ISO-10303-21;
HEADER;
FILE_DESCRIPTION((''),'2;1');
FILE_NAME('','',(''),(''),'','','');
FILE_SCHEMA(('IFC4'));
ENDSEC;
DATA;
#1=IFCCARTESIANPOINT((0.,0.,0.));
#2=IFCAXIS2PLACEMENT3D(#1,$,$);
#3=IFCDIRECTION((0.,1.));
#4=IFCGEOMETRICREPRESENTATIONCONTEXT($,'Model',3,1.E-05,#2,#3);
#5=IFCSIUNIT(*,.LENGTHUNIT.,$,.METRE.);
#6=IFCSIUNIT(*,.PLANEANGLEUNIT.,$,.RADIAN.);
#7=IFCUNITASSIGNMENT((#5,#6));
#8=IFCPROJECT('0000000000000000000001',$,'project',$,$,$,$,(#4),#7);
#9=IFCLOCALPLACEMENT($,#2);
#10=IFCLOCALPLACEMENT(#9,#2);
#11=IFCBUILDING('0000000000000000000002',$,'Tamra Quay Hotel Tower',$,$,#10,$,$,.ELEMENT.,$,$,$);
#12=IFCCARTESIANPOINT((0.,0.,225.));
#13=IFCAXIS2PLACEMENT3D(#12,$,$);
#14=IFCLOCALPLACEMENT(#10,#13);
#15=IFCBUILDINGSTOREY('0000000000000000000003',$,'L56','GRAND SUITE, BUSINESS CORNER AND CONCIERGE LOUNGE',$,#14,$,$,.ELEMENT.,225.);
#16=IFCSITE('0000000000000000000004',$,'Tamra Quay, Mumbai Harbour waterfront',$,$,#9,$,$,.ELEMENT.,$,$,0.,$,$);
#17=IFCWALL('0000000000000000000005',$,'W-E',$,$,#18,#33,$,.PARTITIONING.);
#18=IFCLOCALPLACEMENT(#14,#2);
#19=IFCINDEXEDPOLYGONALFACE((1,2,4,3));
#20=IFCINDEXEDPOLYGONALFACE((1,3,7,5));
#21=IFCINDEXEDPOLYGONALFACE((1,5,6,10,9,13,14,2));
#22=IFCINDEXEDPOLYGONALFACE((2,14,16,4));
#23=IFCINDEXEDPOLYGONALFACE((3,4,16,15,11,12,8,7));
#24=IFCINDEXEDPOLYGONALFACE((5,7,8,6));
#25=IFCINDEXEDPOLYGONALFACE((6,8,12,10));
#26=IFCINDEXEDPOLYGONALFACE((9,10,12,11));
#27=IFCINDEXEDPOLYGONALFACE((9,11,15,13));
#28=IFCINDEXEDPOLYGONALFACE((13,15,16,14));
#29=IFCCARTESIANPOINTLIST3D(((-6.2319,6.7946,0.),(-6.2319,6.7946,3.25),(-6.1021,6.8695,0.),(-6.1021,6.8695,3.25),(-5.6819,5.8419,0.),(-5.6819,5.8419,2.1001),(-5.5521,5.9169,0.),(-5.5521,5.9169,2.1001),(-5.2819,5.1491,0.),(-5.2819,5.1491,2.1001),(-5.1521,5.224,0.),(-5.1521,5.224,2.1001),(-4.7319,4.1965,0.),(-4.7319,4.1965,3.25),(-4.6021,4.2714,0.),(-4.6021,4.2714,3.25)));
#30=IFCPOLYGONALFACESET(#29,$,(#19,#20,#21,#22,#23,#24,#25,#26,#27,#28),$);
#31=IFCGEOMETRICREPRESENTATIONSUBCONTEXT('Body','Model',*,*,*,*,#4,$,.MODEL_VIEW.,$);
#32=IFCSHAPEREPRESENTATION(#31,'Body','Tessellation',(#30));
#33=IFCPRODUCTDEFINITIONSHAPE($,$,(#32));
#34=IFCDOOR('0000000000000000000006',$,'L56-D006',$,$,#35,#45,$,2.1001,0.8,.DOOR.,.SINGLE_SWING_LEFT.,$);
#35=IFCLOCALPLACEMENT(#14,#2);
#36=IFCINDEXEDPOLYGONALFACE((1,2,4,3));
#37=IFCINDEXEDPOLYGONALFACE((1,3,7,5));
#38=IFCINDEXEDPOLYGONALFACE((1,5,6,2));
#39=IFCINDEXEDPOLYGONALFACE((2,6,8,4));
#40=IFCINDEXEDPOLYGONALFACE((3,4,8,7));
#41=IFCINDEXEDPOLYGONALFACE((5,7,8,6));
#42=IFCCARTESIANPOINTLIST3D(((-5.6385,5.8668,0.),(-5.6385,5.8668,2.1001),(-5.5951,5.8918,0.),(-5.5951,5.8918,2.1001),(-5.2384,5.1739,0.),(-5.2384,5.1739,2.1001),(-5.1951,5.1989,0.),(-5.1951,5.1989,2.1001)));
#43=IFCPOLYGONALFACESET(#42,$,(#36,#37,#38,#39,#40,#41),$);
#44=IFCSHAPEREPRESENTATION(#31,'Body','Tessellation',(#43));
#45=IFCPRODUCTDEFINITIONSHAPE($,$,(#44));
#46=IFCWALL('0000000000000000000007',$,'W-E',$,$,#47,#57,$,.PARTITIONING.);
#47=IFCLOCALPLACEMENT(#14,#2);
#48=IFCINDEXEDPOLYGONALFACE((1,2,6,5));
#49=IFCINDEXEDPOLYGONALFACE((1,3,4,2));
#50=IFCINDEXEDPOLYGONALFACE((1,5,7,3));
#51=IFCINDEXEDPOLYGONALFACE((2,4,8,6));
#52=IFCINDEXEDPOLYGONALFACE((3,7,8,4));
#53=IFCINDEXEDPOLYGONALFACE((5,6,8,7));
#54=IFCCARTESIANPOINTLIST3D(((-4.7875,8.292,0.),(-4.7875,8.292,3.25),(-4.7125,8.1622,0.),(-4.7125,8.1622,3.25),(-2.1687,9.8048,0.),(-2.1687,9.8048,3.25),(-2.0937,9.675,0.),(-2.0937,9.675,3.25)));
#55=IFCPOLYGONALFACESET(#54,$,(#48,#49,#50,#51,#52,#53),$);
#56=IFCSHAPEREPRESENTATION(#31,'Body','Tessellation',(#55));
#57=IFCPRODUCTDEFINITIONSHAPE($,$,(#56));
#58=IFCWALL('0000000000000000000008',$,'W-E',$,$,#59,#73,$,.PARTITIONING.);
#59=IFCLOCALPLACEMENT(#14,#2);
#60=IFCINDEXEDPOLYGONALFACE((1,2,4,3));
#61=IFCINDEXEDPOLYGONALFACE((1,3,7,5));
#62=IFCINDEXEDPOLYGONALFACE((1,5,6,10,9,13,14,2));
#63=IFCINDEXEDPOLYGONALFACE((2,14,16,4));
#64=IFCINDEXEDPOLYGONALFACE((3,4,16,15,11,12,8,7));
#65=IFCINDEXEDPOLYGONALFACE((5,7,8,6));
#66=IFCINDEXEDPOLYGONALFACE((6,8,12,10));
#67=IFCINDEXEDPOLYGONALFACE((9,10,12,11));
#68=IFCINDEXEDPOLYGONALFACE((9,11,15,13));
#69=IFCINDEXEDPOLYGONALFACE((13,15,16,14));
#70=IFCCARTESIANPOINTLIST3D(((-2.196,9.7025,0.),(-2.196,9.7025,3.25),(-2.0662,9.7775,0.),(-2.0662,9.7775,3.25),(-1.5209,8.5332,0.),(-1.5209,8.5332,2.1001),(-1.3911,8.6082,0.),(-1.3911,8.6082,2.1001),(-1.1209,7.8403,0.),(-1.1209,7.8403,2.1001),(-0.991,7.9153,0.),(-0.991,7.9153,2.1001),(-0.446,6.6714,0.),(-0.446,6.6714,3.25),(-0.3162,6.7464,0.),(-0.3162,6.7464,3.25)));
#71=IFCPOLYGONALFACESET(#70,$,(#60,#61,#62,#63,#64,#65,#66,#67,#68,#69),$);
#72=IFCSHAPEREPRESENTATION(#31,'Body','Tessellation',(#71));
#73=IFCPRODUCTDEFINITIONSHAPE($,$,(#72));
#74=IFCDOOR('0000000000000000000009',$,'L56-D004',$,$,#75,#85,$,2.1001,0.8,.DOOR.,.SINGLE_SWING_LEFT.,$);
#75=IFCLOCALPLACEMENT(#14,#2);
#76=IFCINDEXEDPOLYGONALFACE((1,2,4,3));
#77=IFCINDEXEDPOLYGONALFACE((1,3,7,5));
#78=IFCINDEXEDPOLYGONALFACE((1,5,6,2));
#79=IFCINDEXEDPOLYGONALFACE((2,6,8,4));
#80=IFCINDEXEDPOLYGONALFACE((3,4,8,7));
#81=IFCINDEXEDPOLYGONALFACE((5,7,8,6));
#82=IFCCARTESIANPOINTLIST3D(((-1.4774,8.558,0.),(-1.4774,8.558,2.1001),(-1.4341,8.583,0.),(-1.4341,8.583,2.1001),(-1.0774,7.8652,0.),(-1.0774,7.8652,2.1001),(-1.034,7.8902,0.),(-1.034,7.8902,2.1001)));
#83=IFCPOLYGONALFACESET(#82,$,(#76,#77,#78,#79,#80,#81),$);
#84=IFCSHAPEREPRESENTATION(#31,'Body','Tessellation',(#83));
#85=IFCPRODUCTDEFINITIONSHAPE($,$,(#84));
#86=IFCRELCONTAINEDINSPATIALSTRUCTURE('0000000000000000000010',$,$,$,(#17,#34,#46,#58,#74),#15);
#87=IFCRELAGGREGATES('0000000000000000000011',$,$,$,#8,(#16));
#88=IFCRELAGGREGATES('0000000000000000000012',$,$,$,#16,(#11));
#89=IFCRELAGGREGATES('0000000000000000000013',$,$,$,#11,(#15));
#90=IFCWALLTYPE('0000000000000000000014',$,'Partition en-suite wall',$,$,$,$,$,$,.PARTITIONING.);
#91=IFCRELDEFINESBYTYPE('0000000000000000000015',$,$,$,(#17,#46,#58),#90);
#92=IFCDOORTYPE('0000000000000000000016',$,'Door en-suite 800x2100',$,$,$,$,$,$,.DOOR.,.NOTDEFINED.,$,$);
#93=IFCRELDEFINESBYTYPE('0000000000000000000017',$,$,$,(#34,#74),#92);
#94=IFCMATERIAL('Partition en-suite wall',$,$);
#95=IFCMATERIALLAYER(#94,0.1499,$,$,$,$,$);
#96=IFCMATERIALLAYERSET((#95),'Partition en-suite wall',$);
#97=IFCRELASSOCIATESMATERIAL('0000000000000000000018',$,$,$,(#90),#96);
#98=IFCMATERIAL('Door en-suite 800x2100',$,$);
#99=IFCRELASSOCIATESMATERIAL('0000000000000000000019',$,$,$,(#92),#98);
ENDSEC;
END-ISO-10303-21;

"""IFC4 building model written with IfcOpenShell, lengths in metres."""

from ifc_helpers import new_model, si_unit, direction, frame, frame_2d, origin, place, context, subcontext, project, spatial, rectangle, extrude, material, layer, layer_set, type_object, element, fill, save


model = new_model("IFC4")

# Units and contexts
model_context = context("Model", 3, precision=1e-05, world=origin(), true_north=direction((0.0, 1.0)))
body_context = subcontext(model_context, "Body", "Model", "MODEL_VIEW")
ifc_project = project(units=[si_unit("LENGTHUNIT", "METRE"), si_unit("PLANEANGLEUNIT", "RADIAN")], contexts=[model_context])

# Site, building, storey
site_placement = place(None, origin())
site = spatial("IfcSite", under=ifc_project, at=site_placement, Name="Tamra Quay, Mumbai Harbour waterfront", CompositionType="ELEMENT", RefElevation=0.0)
building_placement = place(site_placement, origin())
building = spatial("IfcBuilding", under=site, at=building_placement, Name="Tamra Quay Hotel Tower", CompositionType="ELEMENT")
storey_placement = place(building_placement, frame((0.0, 0.0, 225.0)))
storey = spatial("IfcBuildingStorey", under=building, at=storey_placement, Name="L56", Description="GRAND SUITE, BUSINESS CORNER AND CONCIERGE LOUNGE", CompositionType="ELEMENT", Elevation=225.0)

# Shared definitions
ifc_material_1 = material(Name="Partition en-suite wall")
ifc_layer_1 = layer(ifc_material_1, 0.1499)
ifc_layer_set_1 = layer_set([ifc_layer_1], Name="Partition en-suite wall")
wall_type_1 = type_object("IfcWallType", Name="Partition en-suite wall", PredefinedType="PARTITIONING", material=ifc_layer_set_1)
ifc_material_2 = material(Name="Door en-suite 800x2100")
door_type_1 = type_object("IfcDoorType", Name="Door en-suite 800x2100", OperationType="NOTDEFINED", PredefinedType="DOOR", material=ifc_material_2)

# Wall, opening, door
wall_1_placement = place(storey_placement, frame((-6.167, 6.832, 0.0), z_axis=(0.0, 0.0, 1.0), x_axis=(0.49999, -0.866031, 0.0)))
wall_1 = element("IfcWall", 1, at=wall_1_placement, inside=storey, type_object=wall_type_1, Name="W-E", PredefinedType="PARTITIONING", context=body_context, shape_type="SweptSolid", body=[
    extrude(rectangle(XDim=3.0, YDim=0.1499, at=frame_2d((1.5, 0.0))), origin(), (0.0, 0.0, 1.0), 3.25),
])
opening_1_placement = place(wall_1_placement, frame((1.1001, 0.0, 0.0)))
opening_1 = element("IfcOpeningElement", 2, at=opening_1_placement, cuts=wall_1, PredefinedType="OPENING", context=body_context, shape_type="SweptSolid", body=[
    extrude(rectangle(XDim=0.8, YDim=2.1001, at=frame_2d((0.3999, 1.05))), frame((0.0, 0.085, 0.0), z_axis=(0.0, -1.0, 0.0), x_axis=(1.0, 0.0, 0.0)), (0.0, 0.0, 1.0), 0.1699),
])
door_1_placement = place(opening_1_placement, frame((0.8, 0.0, 0.0), z_axis=(0.0, 0.0, 1.0), x_axis=(-1.0, 0.0, 0.0)))
door_1 = element("IfcDoor", 3, at=door_1_placement, inside=storey, type_object=door_type_1, Name="L56-D006", OperationType="SINGLE_SWING_LEFT", OverallHeight=2.1001, OverallWidth=0.8, PredefinedType="DOOR", context=body_context, shape_type="SweptSolid", body=[
    extrude(rectangle(XDim=0.8, YDim=2.1001, at=frame_2d((0.3999, 1.05))), frame((0.0, 0.0249, 0.0), z_axis=(0.0, -1.0, 0.0), x_axis=(1.0, 0.0, 0.0)), (0.0, 0.0, 1.0), 0.05),
])
fill(opening_1, door_1)

# Wall
wall_2_placement = place(storey_placement, frame((-4.75, 8.2271, 0.0), z_axis=(0.0, 0.0, 1.0), x_axis=(0.865894, 0.500228, 0.0)))
element("IfcWall", 4, at=wall_2_placement, inside=storey, type_object=wall_type_1, Name="W-E", PredefinedType="PARTITIONING", context=body_context, shape_type="SweptSolid", body=[
    extrude(rectangle(XDim=3.0244, YDim=0.1499, at=frame_2d((1.5122, 0.0))), origin(), (0.0, 0.0, 1.0), 3.25),
])

# Wall, opening, door
wall_3_placement = place(storey_placement, frame((-2.1311, 9.74, 0.0), z_axis=(0.0, 0.0, 1.0), x_axis=(0.50001, -0.866019, 0.0)))
wall_3 = element("IfcWall", 5, at=wall_3_placement, inside=storey, type_object=wall_type_1, Name="W-E", PredefinedType="PARTITIONING", context=body_context, shape_type="SweptSolid", body=[
    extrude(rectangle(XDim=3.5, YDim=0.1499, at=frame_2d((1.75, 0.0))), origin(), (0.0, 0.0, 1.0), 3.25),
])
opening_2_placement = place(wall_3_placement, frame((1.3503, 0.0, 0.0)))
opening_2 = element("IfcOpeningElement", 6, at=opening_2_placement, cuts=wall_3, PredefinedType="OPENING", context=body_context, shape_type="SweptSolid", body=[
    extrude(rectangle(XDim=0.8, YDim=2.1001, at=frame_2d((0.3999, 1.05))), frame((0.0, 0.085, 0.0), z_axis=(0.0, -1.0, 0.0), x_axis=(1.0, 0.0, 0.0)), (0.0, 0.0, 1.0), 0.1699),
])
door_2_placement = place(opening_2_placement, frame((0.8, 0.0, 0.0), z_axis=(0.0, 0.0, 1.0), x_axis=(-1.0, 0.0, 0.0)))
door_2 = element("IfcDoor", 7, at=door_2_placement, inside=storey, type_object=door_type_1, Name="L56-D004", OperationType="SINGLE_SWING_LEFT", OverallHeight=2.1001, OverallWidth=0.8, PredefinedType="DOOR", context=body_context, shape_type="SweptSolid", body=[
    extrude(rectangle(XDim=0.8, YDim=2.1001, at=frame_2d((0.3999, 1.05))), frame((0.0, 0.0249, 0.0), z_axis=(0.0, -1.0, 0.0), x_axis=(1.0, 0.0, 0.0)), (0.0, 0.0, 1.0), 0.05),
])
fill(opening_2, door_2)

save(model, "model.ifc")
